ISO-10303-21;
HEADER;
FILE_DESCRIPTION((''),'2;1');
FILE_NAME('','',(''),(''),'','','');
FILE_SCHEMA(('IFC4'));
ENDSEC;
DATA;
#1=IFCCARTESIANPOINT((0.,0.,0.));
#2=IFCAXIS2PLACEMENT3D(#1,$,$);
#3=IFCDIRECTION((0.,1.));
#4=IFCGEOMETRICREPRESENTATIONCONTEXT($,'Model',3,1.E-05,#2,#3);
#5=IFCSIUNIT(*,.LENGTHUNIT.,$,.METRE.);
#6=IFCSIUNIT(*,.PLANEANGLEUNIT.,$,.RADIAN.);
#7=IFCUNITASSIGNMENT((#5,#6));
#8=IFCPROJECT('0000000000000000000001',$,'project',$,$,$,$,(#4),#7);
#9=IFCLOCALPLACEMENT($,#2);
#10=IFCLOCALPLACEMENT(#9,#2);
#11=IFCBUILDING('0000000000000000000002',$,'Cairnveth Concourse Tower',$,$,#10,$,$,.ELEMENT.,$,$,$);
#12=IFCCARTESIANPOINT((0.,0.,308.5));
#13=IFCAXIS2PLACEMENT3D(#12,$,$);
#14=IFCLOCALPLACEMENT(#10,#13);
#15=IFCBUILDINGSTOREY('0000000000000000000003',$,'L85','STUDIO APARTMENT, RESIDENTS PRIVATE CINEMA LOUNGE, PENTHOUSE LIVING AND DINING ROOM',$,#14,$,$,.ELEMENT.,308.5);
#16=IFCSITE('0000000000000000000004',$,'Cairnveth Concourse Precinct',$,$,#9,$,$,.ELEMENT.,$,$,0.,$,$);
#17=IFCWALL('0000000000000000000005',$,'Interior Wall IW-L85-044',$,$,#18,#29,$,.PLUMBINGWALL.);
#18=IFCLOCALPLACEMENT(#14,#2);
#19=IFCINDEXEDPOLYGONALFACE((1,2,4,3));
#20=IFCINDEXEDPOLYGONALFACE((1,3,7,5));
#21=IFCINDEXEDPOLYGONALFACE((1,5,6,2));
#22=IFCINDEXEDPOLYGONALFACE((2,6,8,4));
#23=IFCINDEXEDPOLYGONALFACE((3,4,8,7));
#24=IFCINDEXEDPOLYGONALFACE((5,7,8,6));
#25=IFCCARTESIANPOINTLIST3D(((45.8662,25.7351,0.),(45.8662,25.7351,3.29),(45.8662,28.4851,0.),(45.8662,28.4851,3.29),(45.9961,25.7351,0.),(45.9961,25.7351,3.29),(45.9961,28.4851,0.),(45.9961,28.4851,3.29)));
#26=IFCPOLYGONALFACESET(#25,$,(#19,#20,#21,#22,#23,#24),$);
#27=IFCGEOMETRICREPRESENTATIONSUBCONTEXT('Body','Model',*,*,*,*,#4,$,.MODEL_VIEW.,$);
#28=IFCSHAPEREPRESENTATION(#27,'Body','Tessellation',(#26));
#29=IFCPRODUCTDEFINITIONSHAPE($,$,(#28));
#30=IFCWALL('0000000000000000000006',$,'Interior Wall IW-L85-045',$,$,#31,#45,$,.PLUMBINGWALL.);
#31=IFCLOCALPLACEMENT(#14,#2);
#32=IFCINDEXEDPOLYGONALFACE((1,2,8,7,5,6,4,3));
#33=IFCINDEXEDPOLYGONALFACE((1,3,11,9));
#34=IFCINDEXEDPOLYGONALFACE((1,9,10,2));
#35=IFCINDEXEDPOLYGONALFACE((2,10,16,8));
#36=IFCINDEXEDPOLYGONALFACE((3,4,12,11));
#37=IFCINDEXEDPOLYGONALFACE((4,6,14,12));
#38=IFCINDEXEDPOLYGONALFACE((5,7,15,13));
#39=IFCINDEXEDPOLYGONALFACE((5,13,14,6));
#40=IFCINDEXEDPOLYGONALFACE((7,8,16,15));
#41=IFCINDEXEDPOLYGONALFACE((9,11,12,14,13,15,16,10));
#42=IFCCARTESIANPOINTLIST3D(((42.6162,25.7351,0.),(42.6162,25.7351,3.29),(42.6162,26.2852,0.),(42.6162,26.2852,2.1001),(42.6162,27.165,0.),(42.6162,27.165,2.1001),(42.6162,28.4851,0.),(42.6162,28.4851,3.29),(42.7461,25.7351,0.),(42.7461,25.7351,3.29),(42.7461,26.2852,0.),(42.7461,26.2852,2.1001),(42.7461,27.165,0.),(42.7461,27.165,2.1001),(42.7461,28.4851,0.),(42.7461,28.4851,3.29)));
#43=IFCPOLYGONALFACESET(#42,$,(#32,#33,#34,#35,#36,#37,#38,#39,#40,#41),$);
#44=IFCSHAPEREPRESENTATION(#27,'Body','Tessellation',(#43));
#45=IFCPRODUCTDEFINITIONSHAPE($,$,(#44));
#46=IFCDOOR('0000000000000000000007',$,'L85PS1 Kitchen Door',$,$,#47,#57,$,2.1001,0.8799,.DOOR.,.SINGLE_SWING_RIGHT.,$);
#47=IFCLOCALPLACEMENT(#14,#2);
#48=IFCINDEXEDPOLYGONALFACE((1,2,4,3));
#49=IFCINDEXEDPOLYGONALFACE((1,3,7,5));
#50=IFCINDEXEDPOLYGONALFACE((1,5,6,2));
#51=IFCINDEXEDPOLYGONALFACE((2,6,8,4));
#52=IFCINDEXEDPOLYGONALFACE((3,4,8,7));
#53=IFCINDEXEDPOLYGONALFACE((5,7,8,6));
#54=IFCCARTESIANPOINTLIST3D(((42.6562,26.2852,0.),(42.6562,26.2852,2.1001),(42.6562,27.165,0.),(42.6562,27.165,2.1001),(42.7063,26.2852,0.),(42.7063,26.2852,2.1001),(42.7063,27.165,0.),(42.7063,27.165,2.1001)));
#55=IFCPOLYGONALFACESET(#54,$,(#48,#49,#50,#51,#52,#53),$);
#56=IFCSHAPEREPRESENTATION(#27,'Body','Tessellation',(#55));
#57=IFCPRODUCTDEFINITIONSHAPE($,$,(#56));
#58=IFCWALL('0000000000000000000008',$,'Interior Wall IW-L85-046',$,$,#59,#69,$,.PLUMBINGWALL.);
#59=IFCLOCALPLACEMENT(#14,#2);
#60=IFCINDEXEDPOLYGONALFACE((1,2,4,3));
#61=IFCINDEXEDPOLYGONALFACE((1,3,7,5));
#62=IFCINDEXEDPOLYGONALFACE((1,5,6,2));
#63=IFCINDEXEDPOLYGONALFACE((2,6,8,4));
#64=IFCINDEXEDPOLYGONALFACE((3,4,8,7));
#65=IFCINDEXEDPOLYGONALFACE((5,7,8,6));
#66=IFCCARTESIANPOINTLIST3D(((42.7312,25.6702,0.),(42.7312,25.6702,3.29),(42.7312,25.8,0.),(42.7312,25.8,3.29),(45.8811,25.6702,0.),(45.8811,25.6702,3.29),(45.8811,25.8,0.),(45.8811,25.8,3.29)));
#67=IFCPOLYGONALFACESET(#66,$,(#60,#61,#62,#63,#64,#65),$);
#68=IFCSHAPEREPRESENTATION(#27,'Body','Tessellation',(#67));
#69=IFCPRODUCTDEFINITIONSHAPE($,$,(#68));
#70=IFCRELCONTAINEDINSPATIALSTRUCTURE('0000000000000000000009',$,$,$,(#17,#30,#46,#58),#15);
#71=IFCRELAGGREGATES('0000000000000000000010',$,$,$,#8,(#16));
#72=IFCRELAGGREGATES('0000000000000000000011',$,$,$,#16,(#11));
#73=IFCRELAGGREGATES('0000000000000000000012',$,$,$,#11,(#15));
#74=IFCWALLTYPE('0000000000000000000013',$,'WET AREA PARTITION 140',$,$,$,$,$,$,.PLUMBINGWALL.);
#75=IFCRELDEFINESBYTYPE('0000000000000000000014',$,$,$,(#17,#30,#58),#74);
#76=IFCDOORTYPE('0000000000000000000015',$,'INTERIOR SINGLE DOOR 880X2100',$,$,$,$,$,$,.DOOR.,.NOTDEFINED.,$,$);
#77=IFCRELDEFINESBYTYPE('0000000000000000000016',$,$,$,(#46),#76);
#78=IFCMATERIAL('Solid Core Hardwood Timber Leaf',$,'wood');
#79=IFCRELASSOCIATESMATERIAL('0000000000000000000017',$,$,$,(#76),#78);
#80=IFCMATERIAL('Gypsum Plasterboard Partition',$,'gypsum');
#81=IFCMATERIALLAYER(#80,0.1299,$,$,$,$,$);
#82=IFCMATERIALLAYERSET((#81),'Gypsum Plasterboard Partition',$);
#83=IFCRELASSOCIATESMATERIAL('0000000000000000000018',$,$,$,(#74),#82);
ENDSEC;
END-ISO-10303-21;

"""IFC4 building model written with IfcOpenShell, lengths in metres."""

from ifc_helpers import new_model, si_unit, direction, frame, frame_2d, origin, place, context, subcontext, project, spatial, rectangle, extrude, material, layer, layer_set, type_object, element, fill, save


model = new_model("IFC4")

# Units and contexts
model_context = context("Model", 3, precision=1e-05, world=origin(), true_north=direction((0.0, 1.0)))
body_context = subcontext(model_context, "Body", "Model", "MODEL_VIEW")
ifc_project = project(units=[si_unit("LENGTHUNIT", "METRE"), si_unit("PLANEANGLEUNIT", "RADIAN")], contexts=[model_context])

# Site, building, storey
site_placement = place(None, origin())
site = spatial("IfcSite", under=ifc_project, at=site_placement, Name="Cairnveth Concourse Precinct", CompositionType="ELEMENT", RefElevation=0.0)
building_placement = place(site_placement, origin())
building = spatial("IfcBuilding", under=site, at=building_placement, Name="Cairnveth Concourse Tower", CompositionType="ELEMENT")
storey_placement = place(building_placement, frame((0.0, 0.0, 308.5)))
storey = spatial("IfcBuildingStorey", under=building, at=storey_placement, Name="L85", Description="STUDIO APARTMENT, RESIDENTS PRIVATE CINEMA LOUNGE, PENTHOUSE LIVING AND DINING ROOM", CompositionType="ELEMENT", Elevation=308.5)

# Shared definitions
ifc_material_1 = material(Name="Gypsum Plasterboard Partition", Category="gypsum")

# Shared definitions
ifc_material_2 = material(Name="Solid Core Hardwood Timber Leaf", Category="wood")
door_type_1 = type_object("IfcDoorType", Name="INTERIOR SINGLE DOOR 880X2100", OperationType="NOTDEFINED", PredefinedType="DOOR", material=ifc_material_2)
ifc_layer_1 = layer(ifc_material_1, 0.1299)
ifc_layer_set_1 = layer_set([ifc_layer_1], Name="Gypsum Plasterboard Partition")
wall_type_1 = type_object("IfcWallType", Name="WET AREA PARTITION 140", PredefinedType="PLUMBINGWALL", material=ifc_layer_set_1)

# Wall
wall_1_placement = place(storey_placement, frame((45.9312, 25.7351, 0.0), z_axis=(0.0, 0.0, 1.0), x_axis=(0.0, 1.0, 0.0)))
element("IfcWall", 1, at=wall_1_placement, inside=storey, type_object=wall_type_1, Name="Interior Wall IW-L85-044", PredefinedType="PLUMBINGWALL", context=body_context, shape_type="SweptSolid", body=[
    extrude(rectangle(XDim=2.75, YDim=0.1299, at=frame_2d((1.375, 0.0))), origin(), (0.0, 0.0, 1.0), 3.29),
])

# Wall, opening, door
wall_2_placement = place(storey_placement, frame((42.6812, 25.7351, 0.0), z_axis=(0.0, 0.0, 1.0), x_axis=(0.0, 1.0, 0.0)))
wall_2 = element("IfcWall", 2, at=wall_2_placement, inside=storey, type_object=wall_type_1, Name="Interior Wall IW-L85-045", PredefinedType="PLUMBINGWALL", context=body_context, shape_type="SweptSolid", body=[
    extrude(rectangle(XDim=2.75, YDim=0.1299, at=frame_2d((1.375, 0.0))), origin(), (0.0, 0.0, 1.0), 3.29),
])
opening_1_placement = place(wall_2_placement, frame((0.55, 0.0, 0.0)))
opening_1 = element("IfcOpeningElement", 3, at=opening_1_placement, cuts=wall_2, PredefinedType="OPENING", context=body_context, shape_type="SweptSolid", body=[
    extrude(rectangle(XDim=0.8799, YDim=2.1001, at=frame_2d((0.4399, 1.05))), frame((0.0, 0.075, 0.0), z_axis=(0.0, -1.0, 0.0), x_axis=(1.0, 0.0, 0.0)), (0.0, 0.0, 1.0), 0.1499),
])
door_1_placement = place(opening_1_placement, origin())
door_1 = element("IfcDoor", 4, at=door_1_placement, inside=storey, type_object=door_type_1, Name="L85PS1 Kitchen Door", OperationType="SINGLE_SWING_RIGHT", OverallHeight=2.1001, OverallWidth=0.8799, PredefinedType="DOOR", context=body_context, shape_type="SweptSolid", body=[
    extrude(rectangle(XDim=0.8799, YDim=2.1001, at=frame_2d((0.4399, 1.05))), frame((0.0, 0.0249, 0.0), z_axis=(0.0, -1.0, 0.0), x_axis=(1.0, 0.0, 0.0)), (0.0, 0.0, 1.0), 0.05),
])
fill(opening_1, door_1)

# Wall
wall_3_placement = place(storey_placement, frame((42.7312, 25.7351, 0.0), z_axis=(0.0, 0.0, 1.0), x_axis=(1.0, 0.0, 0.0)))
element("IfcWall", 5, at=wall_3_placement, inside=storey, type_object=wall_type_1, Name="Interior Wall IW-L85-046", PredefinedType="PLUMBINGWALL", context=body_context, shape_type="SweptSolid", body=[
    extrude(rectangle(XDim=3.1499, YDim=0.1299, at=frame_2d((1.575, 0.0))), origin(), (0.0, 0.0, 1.0), 3.29),
])

save(model, "model.ifc")
